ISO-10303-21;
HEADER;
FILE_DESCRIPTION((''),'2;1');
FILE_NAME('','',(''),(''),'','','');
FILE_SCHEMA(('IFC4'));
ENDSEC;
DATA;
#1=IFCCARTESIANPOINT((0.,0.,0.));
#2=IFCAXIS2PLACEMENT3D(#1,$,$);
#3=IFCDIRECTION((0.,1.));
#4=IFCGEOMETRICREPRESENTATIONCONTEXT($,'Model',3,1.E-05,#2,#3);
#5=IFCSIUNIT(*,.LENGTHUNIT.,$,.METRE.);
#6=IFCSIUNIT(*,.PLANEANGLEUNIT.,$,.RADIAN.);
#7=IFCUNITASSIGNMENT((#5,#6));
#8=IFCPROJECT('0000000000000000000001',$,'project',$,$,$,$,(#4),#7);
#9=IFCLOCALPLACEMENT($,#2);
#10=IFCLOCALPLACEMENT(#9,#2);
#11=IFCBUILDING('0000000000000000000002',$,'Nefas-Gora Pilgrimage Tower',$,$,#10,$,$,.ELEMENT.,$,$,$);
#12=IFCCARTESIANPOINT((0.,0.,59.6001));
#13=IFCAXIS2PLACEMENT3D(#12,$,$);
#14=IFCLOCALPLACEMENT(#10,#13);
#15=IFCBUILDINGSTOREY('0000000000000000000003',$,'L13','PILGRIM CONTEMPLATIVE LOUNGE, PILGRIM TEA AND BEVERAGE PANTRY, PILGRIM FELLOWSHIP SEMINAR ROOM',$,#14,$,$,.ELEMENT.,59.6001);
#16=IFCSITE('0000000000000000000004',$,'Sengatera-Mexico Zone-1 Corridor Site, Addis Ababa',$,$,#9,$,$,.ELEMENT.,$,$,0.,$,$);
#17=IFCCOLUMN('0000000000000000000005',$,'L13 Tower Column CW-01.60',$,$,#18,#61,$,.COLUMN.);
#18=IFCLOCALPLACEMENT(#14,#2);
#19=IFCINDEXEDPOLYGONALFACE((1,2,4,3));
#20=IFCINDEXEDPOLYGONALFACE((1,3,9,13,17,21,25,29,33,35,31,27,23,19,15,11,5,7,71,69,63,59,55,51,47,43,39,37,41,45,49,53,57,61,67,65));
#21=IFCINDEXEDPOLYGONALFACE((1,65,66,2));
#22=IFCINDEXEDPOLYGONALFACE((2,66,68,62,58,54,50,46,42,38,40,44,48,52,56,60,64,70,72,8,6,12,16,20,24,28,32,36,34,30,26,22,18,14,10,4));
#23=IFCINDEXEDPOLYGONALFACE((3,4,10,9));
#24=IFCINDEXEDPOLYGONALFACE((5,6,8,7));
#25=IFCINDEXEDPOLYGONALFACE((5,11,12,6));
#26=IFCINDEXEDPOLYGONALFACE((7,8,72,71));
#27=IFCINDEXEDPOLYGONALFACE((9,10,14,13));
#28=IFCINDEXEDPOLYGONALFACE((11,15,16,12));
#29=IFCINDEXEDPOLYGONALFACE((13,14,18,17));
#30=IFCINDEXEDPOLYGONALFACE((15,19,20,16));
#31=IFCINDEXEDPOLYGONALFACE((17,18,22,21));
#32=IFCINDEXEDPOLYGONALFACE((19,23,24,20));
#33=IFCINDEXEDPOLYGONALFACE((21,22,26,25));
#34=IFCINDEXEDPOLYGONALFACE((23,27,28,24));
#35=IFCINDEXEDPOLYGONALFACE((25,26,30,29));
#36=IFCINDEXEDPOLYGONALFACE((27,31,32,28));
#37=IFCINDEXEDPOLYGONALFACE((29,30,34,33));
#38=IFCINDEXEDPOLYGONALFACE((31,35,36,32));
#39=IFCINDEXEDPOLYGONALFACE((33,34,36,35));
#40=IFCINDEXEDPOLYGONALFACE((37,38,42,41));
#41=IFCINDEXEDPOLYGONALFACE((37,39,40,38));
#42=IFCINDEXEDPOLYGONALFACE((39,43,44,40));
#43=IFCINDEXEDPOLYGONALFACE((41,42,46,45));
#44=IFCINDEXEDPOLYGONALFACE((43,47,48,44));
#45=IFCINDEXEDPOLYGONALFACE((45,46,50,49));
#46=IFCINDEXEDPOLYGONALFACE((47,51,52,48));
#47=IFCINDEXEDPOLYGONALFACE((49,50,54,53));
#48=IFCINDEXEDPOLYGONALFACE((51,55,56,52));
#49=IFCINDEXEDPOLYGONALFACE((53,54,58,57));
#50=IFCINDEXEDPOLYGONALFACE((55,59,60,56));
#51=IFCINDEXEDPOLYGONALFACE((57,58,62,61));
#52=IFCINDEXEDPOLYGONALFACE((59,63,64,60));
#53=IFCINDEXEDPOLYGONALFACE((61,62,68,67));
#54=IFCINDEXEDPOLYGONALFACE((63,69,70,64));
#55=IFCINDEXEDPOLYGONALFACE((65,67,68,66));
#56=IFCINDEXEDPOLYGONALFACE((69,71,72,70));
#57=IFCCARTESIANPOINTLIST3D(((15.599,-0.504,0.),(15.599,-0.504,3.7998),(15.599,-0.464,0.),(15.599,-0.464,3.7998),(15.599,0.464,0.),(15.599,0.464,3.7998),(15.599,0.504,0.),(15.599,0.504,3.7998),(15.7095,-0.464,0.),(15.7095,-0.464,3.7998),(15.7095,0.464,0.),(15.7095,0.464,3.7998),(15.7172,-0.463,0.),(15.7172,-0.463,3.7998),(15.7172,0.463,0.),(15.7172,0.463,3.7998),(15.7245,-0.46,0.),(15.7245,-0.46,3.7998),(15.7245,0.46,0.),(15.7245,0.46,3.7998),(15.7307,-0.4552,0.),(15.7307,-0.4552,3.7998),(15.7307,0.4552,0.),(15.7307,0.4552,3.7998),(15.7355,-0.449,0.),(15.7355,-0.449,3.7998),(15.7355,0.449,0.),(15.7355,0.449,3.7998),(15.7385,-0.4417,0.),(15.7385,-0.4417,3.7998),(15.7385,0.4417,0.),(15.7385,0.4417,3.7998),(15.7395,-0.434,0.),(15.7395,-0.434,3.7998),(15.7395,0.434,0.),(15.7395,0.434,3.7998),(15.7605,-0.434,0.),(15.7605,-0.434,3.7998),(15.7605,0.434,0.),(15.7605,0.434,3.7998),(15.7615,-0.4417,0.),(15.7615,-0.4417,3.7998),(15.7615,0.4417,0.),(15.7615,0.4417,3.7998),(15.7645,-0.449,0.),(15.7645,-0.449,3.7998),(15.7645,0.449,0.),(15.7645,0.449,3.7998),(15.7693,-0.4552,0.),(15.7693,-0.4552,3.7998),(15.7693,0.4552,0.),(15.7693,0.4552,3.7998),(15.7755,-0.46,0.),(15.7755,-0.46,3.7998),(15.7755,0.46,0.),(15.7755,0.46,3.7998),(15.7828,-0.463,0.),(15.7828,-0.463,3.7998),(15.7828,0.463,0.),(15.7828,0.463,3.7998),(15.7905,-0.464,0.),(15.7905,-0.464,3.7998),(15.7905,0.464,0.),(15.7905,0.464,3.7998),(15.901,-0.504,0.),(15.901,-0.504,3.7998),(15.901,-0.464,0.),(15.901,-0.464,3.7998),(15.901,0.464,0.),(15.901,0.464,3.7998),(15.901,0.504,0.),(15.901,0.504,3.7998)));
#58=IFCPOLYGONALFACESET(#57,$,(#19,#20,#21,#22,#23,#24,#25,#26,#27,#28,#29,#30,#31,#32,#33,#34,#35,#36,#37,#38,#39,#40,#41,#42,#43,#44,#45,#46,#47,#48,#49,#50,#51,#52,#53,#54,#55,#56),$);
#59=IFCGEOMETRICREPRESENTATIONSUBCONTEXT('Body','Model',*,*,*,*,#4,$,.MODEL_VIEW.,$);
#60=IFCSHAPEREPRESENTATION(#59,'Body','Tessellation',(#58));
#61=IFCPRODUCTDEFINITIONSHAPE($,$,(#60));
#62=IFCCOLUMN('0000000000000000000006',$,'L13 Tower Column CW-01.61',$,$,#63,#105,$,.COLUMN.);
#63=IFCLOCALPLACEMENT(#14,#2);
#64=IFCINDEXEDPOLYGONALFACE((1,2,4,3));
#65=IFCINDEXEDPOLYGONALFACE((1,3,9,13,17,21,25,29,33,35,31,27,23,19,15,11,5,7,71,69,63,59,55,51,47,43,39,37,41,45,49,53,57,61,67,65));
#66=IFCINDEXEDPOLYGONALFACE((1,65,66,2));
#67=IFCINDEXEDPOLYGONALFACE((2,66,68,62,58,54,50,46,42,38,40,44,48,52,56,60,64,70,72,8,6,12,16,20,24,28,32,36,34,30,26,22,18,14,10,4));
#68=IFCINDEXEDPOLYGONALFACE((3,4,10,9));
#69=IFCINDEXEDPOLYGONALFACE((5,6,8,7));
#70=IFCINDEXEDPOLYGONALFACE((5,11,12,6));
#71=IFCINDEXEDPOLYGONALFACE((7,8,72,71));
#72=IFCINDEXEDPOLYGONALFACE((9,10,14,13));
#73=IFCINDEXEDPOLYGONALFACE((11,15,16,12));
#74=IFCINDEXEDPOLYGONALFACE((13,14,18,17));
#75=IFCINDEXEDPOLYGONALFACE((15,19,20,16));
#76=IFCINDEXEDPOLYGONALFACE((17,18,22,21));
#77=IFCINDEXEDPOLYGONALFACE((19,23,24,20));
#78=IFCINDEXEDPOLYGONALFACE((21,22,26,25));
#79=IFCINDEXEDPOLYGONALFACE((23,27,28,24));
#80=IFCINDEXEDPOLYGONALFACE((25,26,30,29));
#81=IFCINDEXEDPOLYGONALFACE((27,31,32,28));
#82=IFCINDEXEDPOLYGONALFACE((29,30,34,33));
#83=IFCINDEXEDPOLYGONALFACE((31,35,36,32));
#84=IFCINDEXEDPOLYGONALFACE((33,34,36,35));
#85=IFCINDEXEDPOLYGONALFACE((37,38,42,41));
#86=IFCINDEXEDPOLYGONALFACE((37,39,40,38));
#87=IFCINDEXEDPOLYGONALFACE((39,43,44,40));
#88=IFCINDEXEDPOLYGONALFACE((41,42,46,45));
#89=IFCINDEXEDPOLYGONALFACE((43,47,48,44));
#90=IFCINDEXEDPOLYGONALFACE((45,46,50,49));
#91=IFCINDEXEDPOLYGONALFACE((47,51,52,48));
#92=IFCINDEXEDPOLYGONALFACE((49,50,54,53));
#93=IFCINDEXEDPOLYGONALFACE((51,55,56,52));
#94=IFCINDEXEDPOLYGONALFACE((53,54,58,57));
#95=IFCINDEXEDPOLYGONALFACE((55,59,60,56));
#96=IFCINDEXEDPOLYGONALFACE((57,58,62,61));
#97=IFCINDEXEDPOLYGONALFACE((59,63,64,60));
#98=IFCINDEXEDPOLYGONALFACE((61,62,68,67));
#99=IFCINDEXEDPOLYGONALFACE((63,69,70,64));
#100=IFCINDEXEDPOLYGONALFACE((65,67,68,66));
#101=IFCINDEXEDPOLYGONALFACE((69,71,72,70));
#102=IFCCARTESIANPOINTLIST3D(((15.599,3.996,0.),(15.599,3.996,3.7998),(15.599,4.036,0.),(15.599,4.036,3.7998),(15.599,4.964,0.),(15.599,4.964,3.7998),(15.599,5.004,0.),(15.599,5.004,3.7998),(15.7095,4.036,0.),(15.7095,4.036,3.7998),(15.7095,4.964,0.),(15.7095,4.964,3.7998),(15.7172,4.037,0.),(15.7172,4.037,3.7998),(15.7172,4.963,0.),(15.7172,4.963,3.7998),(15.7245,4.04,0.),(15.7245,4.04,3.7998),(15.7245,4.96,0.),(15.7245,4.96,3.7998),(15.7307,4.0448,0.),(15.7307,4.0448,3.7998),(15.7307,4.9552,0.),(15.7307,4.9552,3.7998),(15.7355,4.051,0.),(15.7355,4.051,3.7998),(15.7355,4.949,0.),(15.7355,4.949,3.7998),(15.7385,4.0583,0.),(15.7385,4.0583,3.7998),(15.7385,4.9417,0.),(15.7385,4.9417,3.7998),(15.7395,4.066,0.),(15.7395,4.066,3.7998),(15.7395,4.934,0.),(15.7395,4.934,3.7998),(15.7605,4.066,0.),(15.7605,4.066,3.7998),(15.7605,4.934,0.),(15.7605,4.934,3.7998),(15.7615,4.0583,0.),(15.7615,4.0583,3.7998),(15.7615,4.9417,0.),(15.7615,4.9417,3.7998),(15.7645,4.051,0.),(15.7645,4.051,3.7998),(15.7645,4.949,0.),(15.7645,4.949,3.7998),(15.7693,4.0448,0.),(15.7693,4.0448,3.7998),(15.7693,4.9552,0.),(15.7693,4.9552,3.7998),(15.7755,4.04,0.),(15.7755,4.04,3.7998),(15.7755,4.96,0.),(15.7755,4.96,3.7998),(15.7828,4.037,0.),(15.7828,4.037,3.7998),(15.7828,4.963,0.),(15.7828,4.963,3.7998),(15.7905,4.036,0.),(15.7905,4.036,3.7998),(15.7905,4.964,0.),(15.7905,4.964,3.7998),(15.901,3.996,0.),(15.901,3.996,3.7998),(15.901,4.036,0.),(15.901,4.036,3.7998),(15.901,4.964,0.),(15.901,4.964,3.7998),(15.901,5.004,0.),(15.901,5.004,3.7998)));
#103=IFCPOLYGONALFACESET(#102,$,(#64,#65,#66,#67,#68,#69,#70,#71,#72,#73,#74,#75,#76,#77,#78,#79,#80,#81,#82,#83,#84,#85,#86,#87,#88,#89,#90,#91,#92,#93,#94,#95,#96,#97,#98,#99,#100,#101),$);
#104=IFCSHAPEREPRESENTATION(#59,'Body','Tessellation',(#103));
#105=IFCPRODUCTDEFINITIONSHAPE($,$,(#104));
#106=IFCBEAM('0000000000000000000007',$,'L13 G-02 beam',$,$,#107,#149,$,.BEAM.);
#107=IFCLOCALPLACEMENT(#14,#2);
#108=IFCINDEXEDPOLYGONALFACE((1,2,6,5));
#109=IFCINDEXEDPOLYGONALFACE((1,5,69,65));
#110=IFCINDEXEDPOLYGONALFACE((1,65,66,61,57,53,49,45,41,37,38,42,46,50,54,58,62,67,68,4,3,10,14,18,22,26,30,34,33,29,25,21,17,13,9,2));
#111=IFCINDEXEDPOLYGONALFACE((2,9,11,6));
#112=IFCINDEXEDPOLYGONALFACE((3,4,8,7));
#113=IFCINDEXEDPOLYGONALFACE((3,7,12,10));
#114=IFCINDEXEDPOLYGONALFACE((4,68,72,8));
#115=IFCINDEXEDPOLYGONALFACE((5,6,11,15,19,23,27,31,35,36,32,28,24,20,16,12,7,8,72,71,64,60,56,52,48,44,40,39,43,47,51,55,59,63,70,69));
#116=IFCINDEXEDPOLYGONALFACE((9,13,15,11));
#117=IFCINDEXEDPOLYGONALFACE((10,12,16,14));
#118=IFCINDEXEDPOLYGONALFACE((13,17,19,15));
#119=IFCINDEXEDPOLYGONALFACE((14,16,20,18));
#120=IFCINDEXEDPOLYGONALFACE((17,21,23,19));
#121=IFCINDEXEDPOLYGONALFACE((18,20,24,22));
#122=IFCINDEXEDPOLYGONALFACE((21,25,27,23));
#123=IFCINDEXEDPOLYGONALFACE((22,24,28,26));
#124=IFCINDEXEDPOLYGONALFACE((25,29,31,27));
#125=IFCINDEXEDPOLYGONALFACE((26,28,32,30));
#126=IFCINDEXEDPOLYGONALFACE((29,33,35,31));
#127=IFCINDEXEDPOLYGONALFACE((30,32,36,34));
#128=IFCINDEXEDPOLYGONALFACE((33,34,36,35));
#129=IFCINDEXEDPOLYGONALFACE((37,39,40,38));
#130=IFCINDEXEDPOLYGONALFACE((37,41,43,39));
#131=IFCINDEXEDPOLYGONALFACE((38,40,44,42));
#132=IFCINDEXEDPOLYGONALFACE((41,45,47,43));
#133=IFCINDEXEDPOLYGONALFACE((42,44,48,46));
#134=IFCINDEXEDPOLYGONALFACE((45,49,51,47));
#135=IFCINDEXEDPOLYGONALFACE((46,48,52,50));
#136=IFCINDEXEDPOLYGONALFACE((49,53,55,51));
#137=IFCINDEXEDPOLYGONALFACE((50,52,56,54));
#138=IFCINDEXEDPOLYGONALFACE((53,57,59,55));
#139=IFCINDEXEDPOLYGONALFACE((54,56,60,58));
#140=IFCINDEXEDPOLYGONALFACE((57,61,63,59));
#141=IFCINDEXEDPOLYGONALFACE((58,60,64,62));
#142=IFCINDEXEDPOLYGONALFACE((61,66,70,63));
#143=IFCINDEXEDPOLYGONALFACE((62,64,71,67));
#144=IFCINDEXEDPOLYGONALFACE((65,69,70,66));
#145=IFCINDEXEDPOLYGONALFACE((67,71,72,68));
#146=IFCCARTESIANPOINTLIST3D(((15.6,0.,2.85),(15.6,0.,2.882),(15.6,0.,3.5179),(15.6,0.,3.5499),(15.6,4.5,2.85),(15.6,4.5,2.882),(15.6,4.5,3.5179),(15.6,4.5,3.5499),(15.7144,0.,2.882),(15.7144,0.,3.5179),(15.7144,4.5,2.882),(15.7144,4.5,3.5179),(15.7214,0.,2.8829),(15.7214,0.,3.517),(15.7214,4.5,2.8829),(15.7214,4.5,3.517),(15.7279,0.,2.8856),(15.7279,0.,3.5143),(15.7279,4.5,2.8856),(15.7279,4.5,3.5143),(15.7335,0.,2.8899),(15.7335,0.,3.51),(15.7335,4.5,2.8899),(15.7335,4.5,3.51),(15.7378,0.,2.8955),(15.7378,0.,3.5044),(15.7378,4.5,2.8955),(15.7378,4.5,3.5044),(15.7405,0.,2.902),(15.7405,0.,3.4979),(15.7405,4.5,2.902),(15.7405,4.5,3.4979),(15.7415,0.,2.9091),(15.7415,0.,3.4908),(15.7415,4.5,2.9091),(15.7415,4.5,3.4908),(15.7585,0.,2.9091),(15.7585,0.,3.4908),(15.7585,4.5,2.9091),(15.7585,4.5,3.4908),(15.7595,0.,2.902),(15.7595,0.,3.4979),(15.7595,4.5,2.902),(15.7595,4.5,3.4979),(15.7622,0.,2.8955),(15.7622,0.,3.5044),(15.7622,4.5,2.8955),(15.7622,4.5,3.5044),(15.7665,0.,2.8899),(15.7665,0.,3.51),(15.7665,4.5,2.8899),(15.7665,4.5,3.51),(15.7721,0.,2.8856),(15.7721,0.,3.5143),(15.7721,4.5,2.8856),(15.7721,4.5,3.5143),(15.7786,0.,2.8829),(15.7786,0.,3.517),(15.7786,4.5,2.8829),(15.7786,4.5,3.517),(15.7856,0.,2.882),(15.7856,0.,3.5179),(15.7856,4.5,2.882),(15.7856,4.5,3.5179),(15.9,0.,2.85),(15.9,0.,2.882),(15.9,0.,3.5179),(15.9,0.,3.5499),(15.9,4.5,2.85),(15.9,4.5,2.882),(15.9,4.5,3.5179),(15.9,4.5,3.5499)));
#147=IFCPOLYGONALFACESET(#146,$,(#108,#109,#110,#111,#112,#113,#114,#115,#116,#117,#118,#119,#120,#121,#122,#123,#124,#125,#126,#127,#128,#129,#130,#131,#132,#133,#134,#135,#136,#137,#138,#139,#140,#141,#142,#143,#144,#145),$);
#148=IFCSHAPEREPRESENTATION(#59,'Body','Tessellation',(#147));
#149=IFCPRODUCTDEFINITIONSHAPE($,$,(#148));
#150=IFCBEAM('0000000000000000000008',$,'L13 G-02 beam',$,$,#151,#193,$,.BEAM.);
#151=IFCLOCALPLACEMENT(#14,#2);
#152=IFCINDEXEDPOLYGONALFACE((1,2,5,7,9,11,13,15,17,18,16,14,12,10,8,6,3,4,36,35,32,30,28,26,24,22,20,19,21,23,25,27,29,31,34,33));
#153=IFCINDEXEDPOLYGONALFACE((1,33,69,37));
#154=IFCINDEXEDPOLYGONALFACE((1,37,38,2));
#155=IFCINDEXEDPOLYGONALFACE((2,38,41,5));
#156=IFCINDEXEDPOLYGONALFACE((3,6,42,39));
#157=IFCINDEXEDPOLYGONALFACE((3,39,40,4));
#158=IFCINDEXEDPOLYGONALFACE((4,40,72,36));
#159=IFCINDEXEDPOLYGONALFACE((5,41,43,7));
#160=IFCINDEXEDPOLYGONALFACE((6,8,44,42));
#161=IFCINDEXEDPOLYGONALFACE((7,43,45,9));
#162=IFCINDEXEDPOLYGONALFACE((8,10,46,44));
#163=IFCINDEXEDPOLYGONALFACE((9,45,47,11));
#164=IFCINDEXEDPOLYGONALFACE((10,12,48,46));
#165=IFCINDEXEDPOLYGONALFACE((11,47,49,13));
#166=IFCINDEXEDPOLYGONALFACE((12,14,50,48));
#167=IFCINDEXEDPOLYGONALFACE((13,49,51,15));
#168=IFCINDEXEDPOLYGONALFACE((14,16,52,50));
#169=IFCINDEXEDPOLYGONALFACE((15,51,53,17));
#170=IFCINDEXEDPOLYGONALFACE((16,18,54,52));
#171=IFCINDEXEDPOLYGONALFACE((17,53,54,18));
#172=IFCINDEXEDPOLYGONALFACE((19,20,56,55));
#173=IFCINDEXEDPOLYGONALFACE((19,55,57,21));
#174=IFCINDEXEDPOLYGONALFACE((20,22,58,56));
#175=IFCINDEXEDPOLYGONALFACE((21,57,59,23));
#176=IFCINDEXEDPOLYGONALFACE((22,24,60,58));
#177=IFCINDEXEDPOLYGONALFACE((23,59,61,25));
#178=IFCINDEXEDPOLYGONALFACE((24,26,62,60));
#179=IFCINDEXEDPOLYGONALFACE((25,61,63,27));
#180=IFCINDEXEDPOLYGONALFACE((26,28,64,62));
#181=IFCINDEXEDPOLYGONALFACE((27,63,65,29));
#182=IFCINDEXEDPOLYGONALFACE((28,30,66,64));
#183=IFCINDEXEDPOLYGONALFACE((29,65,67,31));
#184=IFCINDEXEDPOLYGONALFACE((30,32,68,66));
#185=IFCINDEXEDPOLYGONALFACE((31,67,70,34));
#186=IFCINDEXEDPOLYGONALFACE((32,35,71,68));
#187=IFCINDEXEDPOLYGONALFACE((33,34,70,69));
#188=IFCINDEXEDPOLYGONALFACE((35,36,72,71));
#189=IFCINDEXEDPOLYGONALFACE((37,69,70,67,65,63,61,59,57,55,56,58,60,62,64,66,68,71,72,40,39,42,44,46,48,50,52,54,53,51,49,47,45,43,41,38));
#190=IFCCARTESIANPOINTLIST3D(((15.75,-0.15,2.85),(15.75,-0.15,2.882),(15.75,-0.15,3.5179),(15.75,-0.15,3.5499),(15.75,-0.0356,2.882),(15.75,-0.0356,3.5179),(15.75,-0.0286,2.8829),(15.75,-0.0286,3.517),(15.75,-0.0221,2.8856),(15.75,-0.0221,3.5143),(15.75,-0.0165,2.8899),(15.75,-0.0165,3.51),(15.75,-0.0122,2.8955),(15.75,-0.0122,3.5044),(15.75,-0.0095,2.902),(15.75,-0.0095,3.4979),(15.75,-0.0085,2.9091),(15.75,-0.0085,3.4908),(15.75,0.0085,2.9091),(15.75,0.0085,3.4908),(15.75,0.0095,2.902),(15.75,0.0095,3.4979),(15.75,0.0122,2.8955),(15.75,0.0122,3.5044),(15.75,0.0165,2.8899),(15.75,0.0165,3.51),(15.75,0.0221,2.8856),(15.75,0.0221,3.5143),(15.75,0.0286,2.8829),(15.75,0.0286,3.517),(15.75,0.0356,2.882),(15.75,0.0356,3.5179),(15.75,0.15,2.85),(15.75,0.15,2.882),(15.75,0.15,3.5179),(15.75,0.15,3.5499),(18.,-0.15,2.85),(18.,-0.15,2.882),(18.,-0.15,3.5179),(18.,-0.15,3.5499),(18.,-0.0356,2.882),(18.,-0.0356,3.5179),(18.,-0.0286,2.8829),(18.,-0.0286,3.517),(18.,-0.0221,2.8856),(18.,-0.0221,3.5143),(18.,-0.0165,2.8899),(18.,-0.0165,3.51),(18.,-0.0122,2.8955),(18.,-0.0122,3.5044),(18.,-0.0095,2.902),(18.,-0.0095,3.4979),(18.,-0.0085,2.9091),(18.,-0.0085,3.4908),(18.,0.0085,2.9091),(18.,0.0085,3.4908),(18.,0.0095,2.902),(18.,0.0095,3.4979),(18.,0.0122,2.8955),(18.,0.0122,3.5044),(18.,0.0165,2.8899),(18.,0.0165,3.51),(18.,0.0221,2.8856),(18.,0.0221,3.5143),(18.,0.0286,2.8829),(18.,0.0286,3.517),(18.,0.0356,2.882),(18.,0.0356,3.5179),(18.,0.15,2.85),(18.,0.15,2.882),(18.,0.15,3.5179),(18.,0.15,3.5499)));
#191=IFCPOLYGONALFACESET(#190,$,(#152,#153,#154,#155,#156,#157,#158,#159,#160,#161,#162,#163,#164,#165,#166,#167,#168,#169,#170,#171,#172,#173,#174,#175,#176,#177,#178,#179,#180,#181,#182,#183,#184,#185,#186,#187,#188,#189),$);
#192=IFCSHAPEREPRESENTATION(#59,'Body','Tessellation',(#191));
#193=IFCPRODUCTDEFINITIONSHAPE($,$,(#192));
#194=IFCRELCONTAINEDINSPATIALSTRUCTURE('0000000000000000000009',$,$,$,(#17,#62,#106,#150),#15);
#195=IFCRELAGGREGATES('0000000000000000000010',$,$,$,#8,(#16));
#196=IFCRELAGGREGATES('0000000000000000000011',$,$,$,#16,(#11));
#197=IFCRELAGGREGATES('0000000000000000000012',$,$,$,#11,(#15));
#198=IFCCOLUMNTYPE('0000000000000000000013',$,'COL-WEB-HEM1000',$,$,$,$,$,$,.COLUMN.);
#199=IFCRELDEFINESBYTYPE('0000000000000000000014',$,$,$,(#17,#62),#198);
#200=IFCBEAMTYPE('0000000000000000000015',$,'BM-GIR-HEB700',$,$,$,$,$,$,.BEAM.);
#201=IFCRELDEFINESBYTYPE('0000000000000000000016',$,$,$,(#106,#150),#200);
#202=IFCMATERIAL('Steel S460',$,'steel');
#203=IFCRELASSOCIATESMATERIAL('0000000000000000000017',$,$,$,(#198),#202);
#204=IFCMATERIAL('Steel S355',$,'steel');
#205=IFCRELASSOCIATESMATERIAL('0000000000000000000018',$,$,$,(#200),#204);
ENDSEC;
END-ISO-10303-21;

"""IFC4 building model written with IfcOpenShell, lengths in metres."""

from ifc_helpers import new_model, si_unit, direction, frame, origin, origin_2d, place, context, subcontext, project, spatial, i_section, extrude, source, transform, mapped, material, material_profile, profile_set, type_object, element, save


model = new_model("IFC4")

# Units and contexts
model_context = context("Model", 3, precision=1e-05, world=origin(), true_north=direction((0.0, 1.0)))
body_context = subcontext(model_context, "Body", "Model", "MODEL_VIEW")
ifc_project = project(units=[si_unit("LENGTHUNIT", "METRE"), si_unit("PLANEANGLEUNIT", "RADIAN")], contexts=[model_context])

# Site, building, storey
site_placement = place(None, origin())
site = spatial("IfcSite", under=ifc_project, at=site_placement, Name="Sengatera-Mexico Zone-1 Corridor Site, Addis Ababa", CompositionType="ELEMENT", RefElevation=0.0)
building_placement = place(site_placement, origin())
building = spatial("IfcBuilding", under=site, at=building_placement, Name="Nefas-Gora Pilgrimage Tower", CompositionType="ELEMENT")
storey_placement = place(building_placement, frame((0.0, 0.0, 59.6001)))
storey = spatial("IfcBuildingStorey", under=building, at=storey_placement, Name="L13", Description="PILGRIM CONTEMPLATIVE LOUNGE, PILGRIM TEA AND BEVERAGE PANTRY, PILGRIM FELLOWSHIP SEMINAR ROOM", CompositionType="ELEMENT", Elevation=59.6001)

# Columns
ifc_material_1 = material(Name="Steel S460", Category="steel")
ifc_material_profile_1 = material_profile(ifc_material_1, i_section(OverallWidth=0.302, OverallDepth=1.0081, WebThickness=0.021, FlangeThickness=0.04, FilletRadius=0.03, at=origin_2d()), Name="HEM 1000")
ifc_profile_set_1 = profile_set([ifc_material_profile_1], Name="Steel S460")
column_type = type_object("IfcColumnType", Name="COL-WEB-HEM1000", PredefinedType="COLUMN", material=ifc_profile_set_1)
shared_shape_1 = source(origin(), body_context, "Body", "SweptSolid", [
    extrude(i_section(OverallWidth=0.302, OverallDepth=1.0081, WebThickness=0.021, FlangeThickness=0.04, FilletRadius=0.03, at=origin_2d()), origin(), (0.0, 0.0, 1.0), 3.7998),
])
for number, where, z_axis, x_axis, name in (
    (1, (15.75, 0.0, 0.0), (0.0, 0.0, 1.0), (1.0, 0.0, 0.0), "L13 Tower Column CW-01.60"),
    (2, (15.75, 4.5, 0.0), (0.0, 0.0, 1.0), (1.0, 0.0, 0.0), "L13 Tower Column CW-01.61"),
):
    element("IfcColumn", number, at=place(storey_placement, frame(where, z_axis=z_axis, x_axis=x_axis)), inside=storey, type_object=column_type, Name=name, PredefinedType="COLUMN", context=body_context, shape_type="MappedRepresentation", body=[
        mapped(shared_shape_1, transform((0.0, 0.0, 0.0), x_axis=(1.0, 0.0, 0.0), y_axis=(0.0, 1.0, 0.0), z_axis=(0.0, 0.0, 1.0), scale=1.0)),
    ])

# Beams
ifc_material_2 = material(Name="Steel S355", Category="steel")
ifc_material_profile_2 = material_profile(ifc_material_2, i_section(OverallWidth=0.3, OverallDepth=0.7, WebThickness=0.0171, FlangeThickness=0.032, FilletRadius=0.0271, at=origin_2d()), Name="HEB 700")
ifc_profile_set_2 = profile_set([ifc_material_profile_2], Name="Steel S355")
beam_type = type_object("IfcBeamType", Name="BM-GIR-HEB700", PredefinedType="BEAM", material=ifc_profile_set_2)
shared_shape_2 = source(origin(), body_context, "Body", "SweptSolid", [
    extrude(i_section(OverallWidth=0.3, OverallDepth=0.7, WebThickness=0.0171, FlangeThickness=0.032, FilletRadius=0.0271, at=origin_2d()), origin(), (0.0, 0.0, 1.0), 4.5),
])
beam_1_placement = place(storey_placement, frame((15.75, 0.0, 3.2), z_axis=(0.0, 1.0, 0.0), x_axis=(-1.0, 0.0, 0.0)))
element("IfcBeam", 3, at=beam_1_placement, inside=storey, type_object=beam_type, Name="L13 G-02 beam", PredefinedType="BEAM", context=body_context, shape_type="MappedRepresentation", body=[
    mapped(shared_shape_2, transform((0.0, 0.0, 0.0), x_axis=(1.0, 0.0, 0.0), y_axis=(0.0, 1.0, 0.0), z_axis=(0.0, 0.0, 1.0), scale=1.0)),
])
shared_shape_3 = source(origin(), body_context, "Body", "SweptSolid", [
    extrude(i_section(OverallWidth=0.3, OverallDepth=0.7, WebThickness=0.0171, FlangeThickness=0.032, FilletRadius=0.0271, at=origin_2d()), origin(), (0.0, 0.0, 1.0), 2.25),
])
beam_2_placement = place(storey_placement, frame((15.75, 0.0, 3.2), z_axis=(1.0, 0.0, 0.0), x_axis=(0.0, 1.0, 0.0)))
element("IfcBeam", 4, at=beam_2_placement, inside=storey, type_object=beam_type, Name="L13 G-02 beam", PredefinedType="BEAM", context=body_context, shape_type="MappedRepresentation", body=[
    mapped(shared_shape_3, transform((0.0, 0.0, 0.0), x_axis=(1.0, 0.0, 0.0), y_axis=(0.0, 1.0, 0.0), z_axis=(0.0, 0.0, 1.0), scale=1.0)),
])

save(model, "model.ifc")
